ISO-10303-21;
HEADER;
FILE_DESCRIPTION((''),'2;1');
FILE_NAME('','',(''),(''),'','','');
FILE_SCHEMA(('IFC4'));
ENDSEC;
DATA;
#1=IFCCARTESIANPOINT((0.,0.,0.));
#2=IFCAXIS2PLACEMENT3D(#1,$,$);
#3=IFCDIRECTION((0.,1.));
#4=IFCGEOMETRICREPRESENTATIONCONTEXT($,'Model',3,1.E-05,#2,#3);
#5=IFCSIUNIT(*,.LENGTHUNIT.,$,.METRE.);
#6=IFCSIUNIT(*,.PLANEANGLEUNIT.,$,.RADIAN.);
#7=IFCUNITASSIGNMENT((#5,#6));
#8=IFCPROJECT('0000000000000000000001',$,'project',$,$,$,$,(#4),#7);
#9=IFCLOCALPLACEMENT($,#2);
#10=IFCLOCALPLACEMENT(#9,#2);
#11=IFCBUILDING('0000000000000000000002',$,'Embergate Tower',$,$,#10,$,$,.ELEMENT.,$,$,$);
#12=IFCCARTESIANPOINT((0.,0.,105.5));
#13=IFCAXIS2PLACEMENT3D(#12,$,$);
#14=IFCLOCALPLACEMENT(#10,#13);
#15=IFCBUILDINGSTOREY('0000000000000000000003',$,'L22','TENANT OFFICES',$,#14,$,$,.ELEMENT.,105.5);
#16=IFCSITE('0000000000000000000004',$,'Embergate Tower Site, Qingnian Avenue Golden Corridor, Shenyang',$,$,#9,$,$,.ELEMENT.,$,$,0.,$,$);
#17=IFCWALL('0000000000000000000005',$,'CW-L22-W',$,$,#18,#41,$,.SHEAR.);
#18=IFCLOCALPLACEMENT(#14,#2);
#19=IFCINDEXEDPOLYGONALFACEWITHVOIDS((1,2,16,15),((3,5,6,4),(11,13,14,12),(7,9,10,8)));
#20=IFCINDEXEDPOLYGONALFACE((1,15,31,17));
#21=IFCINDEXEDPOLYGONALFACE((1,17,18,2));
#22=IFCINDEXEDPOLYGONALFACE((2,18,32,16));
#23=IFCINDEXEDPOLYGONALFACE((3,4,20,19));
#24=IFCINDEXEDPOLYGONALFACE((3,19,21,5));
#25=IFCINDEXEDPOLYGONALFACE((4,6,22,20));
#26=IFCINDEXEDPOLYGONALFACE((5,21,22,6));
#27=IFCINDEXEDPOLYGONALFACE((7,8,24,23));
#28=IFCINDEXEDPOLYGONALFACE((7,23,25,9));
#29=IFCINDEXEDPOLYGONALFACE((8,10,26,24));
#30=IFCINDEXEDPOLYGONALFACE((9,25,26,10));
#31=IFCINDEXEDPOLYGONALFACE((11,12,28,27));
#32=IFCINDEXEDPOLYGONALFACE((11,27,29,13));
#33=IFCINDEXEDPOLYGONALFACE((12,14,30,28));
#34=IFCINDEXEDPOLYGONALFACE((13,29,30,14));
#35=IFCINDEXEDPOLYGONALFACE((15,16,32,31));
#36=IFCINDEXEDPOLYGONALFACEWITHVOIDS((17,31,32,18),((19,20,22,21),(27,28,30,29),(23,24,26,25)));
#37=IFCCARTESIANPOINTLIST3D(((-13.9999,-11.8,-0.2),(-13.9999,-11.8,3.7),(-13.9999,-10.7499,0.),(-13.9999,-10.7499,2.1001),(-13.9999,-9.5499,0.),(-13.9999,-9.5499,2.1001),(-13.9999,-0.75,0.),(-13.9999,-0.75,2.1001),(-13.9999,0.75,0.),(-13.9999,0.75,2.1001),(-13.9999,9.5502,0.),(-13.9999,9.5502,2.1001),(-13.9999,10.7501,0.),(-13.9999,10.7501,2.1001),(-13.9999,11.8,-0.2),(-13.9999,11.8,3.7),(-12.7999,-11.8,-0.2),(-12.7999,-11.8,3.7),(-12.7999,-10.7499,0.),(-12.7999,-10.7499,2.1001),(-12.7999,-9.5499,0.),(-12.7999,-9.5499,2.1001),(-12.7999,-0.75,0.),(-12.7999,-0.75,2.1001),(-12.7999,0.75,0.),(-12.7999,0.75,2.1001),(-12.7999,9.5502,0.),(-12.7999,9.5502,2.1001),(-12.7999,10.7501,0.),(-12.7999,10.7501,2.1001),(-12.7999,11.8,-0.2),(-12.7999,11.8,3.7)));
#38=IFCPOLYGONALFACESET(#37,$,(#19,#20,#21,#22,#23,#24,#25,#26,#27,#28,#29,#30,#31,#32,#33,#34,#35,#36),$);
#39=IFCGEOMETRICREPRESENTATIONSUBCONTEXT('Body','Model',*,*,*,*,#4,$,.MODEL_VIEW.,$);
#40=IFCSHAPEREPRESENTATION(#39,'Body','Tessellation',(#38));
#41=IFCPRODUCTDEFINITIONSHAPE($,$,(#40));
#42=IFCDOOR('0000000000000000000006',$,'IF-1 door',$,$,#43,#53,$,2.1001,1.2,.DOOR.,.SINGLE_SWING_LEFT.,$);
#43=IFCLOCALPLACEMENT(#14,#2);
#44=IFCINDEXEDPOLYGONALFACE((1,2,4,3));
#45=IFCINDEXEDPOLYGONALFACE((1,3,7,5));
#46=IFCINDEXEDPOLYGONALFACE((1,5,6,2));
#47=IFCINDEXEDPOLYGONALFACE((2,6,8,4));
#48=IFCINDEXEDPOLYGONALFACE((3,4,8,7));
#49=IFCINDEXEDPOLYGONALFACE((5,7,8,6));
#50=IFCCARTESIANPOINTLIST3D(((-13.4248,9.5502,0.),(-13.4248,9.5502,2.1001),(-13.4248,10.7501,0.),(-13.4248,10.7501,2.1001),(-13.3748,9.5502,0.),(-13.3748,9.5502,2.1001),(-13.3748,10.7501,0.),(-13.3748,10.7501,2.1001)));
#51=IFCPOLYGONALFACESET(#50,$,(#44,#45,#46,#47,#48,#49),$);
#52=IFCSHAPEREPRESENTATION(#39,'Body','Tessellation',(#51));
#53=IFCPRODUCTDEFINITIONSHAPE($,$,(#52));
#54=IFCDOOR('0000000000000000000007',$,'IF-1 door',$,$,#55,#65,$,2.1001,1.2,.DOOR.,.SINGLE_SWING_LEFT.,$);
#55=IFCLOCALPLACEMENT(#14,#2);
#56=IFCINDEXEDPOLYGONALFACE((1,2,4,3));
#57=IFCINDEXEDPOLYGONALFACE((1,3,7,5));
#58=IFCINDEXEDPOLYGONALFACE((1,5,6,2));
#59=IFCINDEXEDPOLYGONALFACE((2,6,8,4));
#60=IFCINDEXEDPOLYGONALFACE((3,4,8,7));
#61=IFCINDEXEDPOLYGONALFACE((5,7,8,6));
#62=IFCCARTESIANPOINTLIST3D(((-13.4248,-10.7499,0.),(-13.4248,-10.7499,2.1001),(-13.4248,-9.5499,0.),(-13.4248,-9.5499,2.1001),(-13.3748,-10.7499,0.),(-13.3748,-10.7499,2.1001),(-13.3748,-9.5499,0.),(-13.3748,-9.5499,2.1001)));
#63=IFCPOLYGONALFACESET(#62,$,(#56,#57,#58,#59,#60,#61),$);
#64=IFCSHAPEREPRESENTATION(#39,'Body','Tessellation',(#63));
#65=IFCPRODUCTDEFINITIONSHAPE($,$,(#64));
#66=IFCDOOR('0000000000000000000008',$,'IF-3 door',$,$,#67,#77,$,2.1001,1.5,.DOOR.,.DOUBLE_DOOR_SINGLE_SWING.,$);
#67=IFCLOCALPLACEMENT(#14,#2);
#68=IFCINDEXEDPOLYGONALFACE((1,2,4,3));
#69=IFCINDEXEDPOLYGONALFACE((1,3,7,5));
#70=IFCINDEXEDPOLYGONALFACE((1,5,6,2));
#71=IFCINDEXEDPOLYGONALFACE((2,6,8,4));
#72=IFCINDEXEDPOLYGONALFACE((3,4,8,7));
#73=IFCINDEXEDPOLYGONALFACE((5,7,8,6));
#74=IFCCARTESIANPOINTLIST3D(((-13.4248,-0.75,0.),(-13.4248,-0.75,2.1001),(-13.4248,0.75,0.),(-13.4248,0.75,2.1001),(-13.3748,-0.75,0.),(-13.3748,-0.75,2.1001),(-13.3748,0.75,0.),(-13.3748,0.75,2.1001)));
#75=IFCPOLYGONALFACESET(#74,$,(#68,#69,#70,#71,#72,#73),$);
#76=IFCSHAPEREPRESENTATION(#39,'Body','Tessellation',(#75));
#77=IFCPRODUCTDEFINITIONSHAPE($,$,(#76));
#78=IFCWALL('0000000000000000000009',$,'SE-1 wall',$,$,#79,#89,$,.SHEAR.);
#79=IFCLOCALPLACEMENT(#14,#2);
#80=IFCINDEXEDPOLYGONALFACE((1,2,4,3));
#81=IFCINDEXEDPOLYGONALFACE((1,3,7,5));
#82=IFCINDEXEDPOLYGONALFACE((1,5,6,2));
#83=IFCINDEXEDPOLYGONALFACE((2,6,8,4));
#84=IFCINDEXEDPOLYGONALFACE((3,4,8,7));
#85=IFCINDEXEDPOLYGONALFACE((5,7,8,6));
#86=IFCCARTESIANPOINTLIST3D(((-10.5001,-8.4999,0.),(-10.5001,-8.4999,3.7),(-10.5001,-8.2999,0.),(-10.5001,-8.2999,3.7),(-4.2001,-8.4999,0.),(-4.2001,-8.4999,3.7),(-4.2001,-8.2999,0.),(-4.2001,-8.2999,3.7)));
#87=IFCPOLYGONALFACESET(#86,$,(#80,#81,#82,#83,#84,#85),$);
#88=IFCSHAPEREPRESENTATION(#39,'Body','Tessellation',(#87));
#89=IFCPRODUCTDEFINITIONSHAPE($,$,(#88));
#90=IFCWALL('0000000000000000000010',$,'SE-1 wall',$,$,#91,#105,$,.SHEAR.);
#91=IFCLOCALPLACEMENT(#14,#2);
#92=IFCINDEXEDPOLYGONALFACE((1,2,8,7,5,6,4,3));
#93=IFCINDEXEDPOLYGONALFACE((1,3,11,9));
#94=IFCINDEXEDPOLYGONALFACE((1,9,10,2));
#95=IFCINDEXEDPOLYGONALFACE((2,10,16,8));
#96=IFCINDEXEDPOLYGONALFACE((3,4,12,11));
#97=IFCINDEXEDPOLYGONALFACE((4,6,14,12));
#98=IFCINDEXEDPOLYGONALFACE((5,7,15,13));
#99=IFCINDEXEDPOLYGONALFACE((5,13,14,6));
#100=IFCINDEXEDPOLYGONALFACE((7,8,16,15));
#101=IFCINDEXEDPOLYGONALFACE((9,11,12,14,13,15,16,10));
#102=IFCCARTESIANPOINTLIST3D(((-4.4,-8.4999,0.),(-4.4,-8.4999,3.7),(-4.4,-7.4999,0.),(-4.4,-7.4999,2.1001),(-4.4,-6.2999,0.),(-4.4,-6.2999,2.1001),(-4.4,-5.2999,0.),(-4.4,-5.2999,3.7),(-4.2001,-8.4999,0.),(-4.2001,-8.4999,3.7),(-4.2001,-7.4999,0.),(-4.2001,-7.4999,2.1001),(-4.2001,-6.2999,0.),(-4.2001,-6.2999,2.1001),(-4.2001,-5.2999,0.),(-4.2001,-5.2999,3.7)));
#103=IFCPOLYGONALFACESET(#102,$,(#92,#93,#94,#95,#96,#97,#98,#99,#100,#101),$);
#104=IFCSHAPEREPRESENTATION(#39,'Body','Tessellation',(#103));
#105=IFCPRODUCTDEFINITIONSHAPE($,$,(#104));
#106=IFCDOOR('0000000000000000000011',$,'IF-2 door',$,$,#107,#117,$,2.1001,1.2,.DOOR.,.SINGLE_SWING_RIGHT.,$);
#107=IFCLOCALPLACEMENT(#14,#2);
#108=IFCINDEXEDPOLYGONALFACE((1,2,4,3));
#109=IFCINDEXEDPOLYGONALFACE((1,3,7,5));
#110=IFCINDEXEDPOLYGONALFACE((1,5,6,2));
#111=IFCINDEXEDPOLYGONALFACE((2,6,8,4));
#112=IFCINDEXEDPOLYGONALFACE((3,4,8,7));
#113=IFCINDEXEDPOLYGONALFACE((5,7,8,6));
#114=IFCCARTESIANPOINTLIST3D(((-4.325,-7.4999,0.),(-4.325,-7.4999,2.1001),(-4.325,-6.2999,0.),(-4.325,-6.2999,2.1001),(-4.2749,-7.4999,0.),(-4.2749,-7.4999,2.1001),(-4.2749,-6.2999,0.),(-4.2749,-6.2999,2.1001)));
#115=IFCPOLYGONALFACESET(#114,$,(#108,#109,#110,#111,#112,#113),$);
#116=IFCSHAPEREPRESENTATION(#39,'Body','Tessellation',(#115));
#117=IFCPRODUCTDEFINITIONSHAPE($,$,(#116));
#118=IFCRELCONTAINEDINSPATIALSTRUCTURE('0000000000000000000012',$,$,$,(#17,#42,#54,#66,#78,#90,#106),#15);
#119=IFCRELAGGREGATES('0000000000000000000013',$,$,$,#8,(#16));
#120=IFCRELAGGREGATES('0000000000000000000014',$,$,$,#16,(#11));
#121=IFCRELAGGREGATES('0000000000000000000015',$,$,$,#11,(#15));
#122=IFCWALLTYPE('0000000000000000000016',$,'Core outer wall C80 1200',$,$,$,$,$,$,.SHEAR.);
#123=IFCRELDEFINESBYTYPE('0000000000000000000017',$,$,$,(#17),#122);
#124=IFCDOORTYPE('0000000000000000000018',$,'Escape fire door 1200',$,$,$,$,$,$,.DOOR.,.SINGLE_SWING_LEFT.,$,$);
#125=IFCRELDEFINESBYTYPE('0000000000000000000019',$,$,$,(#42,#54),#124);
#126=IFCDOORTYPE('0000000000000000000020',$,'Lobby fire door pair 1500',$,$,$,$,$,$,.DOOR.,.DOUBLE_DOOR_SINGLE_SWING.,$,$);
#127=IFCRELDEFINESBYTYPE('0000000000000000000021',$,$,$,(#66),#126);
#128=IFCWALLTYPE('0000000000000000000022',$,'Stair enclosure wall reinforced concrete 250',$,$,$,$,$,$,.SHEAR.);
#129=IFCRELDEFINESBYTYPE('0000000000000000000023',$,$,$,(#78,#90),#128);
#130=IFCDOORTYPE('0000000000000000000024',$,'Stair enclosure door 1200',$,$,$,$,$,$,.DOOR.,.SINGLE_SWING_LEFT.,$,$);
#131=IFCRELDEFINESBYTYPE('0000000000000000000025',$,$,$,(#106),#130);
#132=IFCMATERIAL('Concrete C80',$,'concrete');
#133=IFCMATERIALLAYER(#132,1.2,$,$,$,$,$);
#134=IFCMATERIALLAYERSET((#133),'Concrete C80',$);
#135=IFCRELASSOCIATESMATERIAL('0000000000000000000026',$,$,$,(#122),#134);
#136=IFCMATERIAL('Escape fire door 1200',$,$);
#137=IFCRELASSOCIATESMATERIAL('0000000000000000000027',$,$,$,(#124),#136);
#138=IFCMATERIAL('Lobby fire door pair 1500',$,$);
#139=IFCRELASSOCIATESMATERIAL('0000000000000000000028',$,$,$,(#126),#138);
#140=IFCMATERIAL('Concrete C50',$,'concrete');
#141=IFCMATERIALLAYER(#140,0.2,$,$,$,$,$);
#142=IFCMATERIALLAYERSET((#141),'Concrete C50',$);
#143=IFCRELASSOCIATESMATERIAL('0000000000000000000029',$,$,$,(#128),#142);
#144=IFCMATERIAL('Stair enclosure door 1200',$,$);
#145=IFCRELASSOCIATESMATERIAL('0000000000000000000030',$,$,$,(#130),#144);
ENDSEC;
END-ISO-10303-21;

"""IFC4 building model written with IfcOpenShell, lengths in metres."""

from ifc_helpers import new_model, si_unit, direction, frame, frame_2d, origin, place, context, subcontext, project, spatial, rectangle, extrude, source, transform, mapped, material, layer, layer_set, type_object, element, fill, save


model = new_model("IFC4")

# Units and contexts
model_context = context("Model", 3, precision=1e-05, world=origin(), true_north=direction((0.0, 1.0)))
body_context = subcontext(model_context, "Body", "Model", "MODEL_VIEW")
ifc_project = project(units=[si_unit("LENGTHUNIT", "METRE"), si_unit("PLANEANGLEUNIT", "RADIAN")], contexts=[model_context])

# Site, building, storey
site_placement = place(None, origin())
site = spatial("IfcSite", under=ifc_project, at=site_placement, Name="Embergate Tower Site, Qingnian Avenue Golden Corridor, Shenyang", CompositionType="ELEMENT", RefElevation=0.0)
building_placement = place(site_placement, origin())
building = spatial("IfcBuilding", under=site, at=building_placement, Name="Embergate Tower", CompositionType="ELEMENT")
storey_placement = place(building_placement, frame((0.0, 0.0, 105.5)))
storey = spatial("IfcBuildingStorey", under=building, at=storey_placement, Name="L22", Description="TENANT OFFICES", CompositionType="ELEMENT", Elevation=105.5)

# Shared definitions
ifc_material_1 = material(Name="Concrete C80", Category="concrete")
ifc_layer_1 = layer(ifc_material_1, 1.2)
ifc_layer_set_1 = layer_set([ifc_layer_1], Name="Concrete C80")
wall_type_1 = type_object("IfcWallType", Name="Core outer wall C80 1200", PredefinedType="SHEAR", material=ifc_layer_set_1)

# Wall, openings, doors
shared_shape_1 = source(origin(), body_context, "Body", "SweptSolid", [
    extrude(rectangle(XDim=23.6001, YDim=1.2, at=frame_2d((11.8, 0.0))), origin(), (0.0, 0.0, 1.0), 3.8999),
])
wall_1_placement = place(storey_placement, frame((-13.3999, -11.8, -0.2), z_axis=(0.0, 0.0, 1.0), x_axis=(0.0, 1.0, 0.0)))
wall_1 = element("IfcWall", 1, at=wall_1_placement, inside=storey, type_object=wall_type_1, Name="CW-L22-W", PredefinedType="SHEAR", context=body_context, shape_type="MappedRepresentation", body=[
    mapped(shared_shape_1, transform((0.0, 0.0, 0.0))),
])
shared_shape_2 = source(origin(), body_context, "Body", "SweptSolid", [
    extrude(rectangle(XDim=1.2, YDim=2.1001, at=frame_2d((0.6001, 1.05))), frame((0.0, 0.6099, 0.0), z_axis=(0.0, -1.0, 0.0), x_axis=(1.0, 0.0, 0.0)), (0.0, 0.0, 1.0), 1.22),
])
opening_1_placement = place(wall_1_placement, frame((21.3501, 0.0, 0.2)))
opening_1 = element("IfcOpeningElement", 2, at=opening_1_placement, cuts=wall_1, PredefinedType="OPENING", context=body_context, shape_type="MappedRepresentation", body=[
    mapped(shared_shape_2, transform((0.0, 0.0, 0.0))),
])
opening_2_placement = place(wall_1_placement, frame((1.05, 0.0, 0.2)))
opening_2 = element("IfcOpeningElement", 3, at=opening_2_placement, cuts=wall_1, PredefinedType="OPENING", context=body_context, shape_type="MappedRepresentation", body=[
    mapped(shared_shape_2, transform((0.0, 0.0, 0.0))),
])
shared_shape_3 = source(origin(), body_context, "Body", "SweptSolid", [
    extrude(rectangle(XDim=1.5, YDim=2.1001, at=frame_2d((0.75, 1.05))), frame((0.0, 0.6099, 0.0), z_axis=(0.0, -1.0, 0.0), x_axis=(1.0, 0.0, 0.0)), (0.0, 0.0, 1.0), 1.22),
])
opening_3_placement = place(wall_1_placement, frame((11.05, 0.0, 0.2)))
opening_3 = element("IfcOpeningElement", 4, at=opening_3_placement, cuts=wall_1, PredefinedType="OPENING", context=body_context, shape_type="MappedRepresentation", body=[
    mapped(shared_shape_3, transform((0.0, 0.0, 0.0))),
])
ifc_material_2 = material(Name="Escape fire door 1200")
door_type_1 = type_object("IfcDoorType", Name="Escape fire door 1200", OperationType="SINGLE_SWING_LEFT", PredefinedType="DOOR", material=ifc_material_2)
shared_shape_4 = source(origin(), body_context, "Body", "SweptSolid", [
    extrude(rectangle(XDim=1.2, YDim=2.1001, at=frame_2d((0.6001, 1.05))), frame((0.0, 0.0249, 0.0), z_axis=(0.0, -1.0, 0.0), x_axis=(1.0, 0.0, 0.0)), (0.0, 0.0, 1.0), 0.05),
])
door_1_placement = place(opening_1_placement, origin())
door_1 = element("IfcDoor", 5, at=door_1_placement, inside=storey, type_object=door_type_1, Name="IF-1 door", OperationType="SINGLE_SWING_LEFT", OverallHeight=2.1001, OverallWidth=1.2, PredefinedType="DOOR", context=body_context, shape_type="MappedRepresentation", body=[
    mapped(shared_shape_4, transform((0.0, 0.0, 0.0))),
])
fill(opening_1, door_1)
door_2_placement = place(opening_2_placement, origin())
door_2 = element("IfcDoor", 6, at=door_2_placement, inside=storey, type_object=door_type_1, Name="IF-1 door", OperationType="SINGLE_SWING_LEFT", OverallHeight=2.1001, OverallWidth=1.2, PredefinedType="DOOR", context=body_context, shape_type="MappedRepresentation", body=[
    mapped(shared_shape_4, transform((0.0, 0.0, 0.0))),
])
fill(opening_2, door_2)
ifc_material_3 = material(Name="Lobby fire door pair 1500")
door_type_2 = type_object("IfcDoorType", Name="Lobby fire door pair 1500", OperationType="DOUBLE_DOOR_SINGLE_SWING", PredefinedType="DOOR", material=ifc_material_3)
shared_shape_5 = source(origin(), body_context, "Body", "SweptSolid", [
    extrude(rectangle(XDim=1.5, YDim=2.1001, at=frame_2d((0.75, 1.05))), frame((0.0, 0.0249, 0.0), z_axis=(0.0, -1.0, 0.0), x_axis=(1.0, 0.0, 0.0)), (0.0, 0.0, 1.0), 0.05),
])
door_3_placement = place(opening_3_placement, origin())
door_3 = element("IfcDoor", 7, at=door_3_placement, inside=storey, type_object=door_type_2, Name="IF-3 door", OperationType="DOUBLE_DOOR_SINGLE_SWING", OverallHeight=2.1001, OverallWidth=1.5, PredefinedType="DOOR", context=body_context, shape_type="MappedRepresentation", body=[
    mapped(shared_shape_5, transform((0.0, 0.0, 0.0))),
])
fill(opening_3, door_3)

# Wall
ifc_material_4 = material(Name="Concrete C50", Category="concrete")
ifc_layer_2 = layer(ifc_material_4, 0.2)
ifc_layer_set_2 = layer_set([ifc_layer_2], Name="Concrete C50")
wall_type_2 = type_object("IfcWallType", Name="Stair enclosure wall reinforced concrete 250", PredefinedType="SHEAR", material=ifc_layer_set_2)
shared_shape_6 = source(origin(), body_context, "Body", "SweptSolid", [
    extrude(rectangle(XDim=6.3, YDim=0.2, at=frame_2d((3.1499, 0.0))), origin(), (0.0, 0.0, 1.0), 3.7),
])
wall_2_placement = place(storey_placement, frame((-10.5, -8.3999, 0.0), z_axis=(0.0, 0.0, 1.0), x_axis=(1.0, 0.0, 0.0)))
element("IfcWall", 8, at=wall_2_placement, inside=storey, type_object=wall_type_2, Name="SE-1 wall", PredefinedType="SHEAR", context=body_context, shape_type="MappedRepresentation", body=[
    mapped(shared_shape_6, transform((0.0, 0.0, 0.0))),
])

# Wall, opening, door
shared_shape_7 = source(origin(), body_context, "Body", "SweptSolid", [
    extrude(rectangle(XDim=3.2, YDim=0.2, at=frame_2d((1.6001, 0.0))), origin(), (0.0, 0.0, 1.0), 3.7),
])
wall_3_placement = place(storey_placement, frame((-4.3, -8.5, 0.0), z_axis=(0.0, 0.0, 1.0), x_axis=(0.0, 1.0, 0.0)))
wall_3 = element("IfcWall", 9, at=wall_3_placement, inside=storey, type_object=wall_type_2, Name="SE-1 wall", PredefinedType="SHEAR", context=body_context, shape_type="MappedRepresentation", body=[
    mapped(shared_shape_7, transform((0.0, 0.0, 0.0))),
])
shared_shape_8 = source(origin(), body_context, "Body", "SweptSolid", [
    extrude(rectangle(XDim=1.2, YDim=2.1001, at=frame_2d((0.6001, 1.05))), frame((0.0, 0.1099, 0.0), z_axis=(0.0, -1.0, 0.0), x_axis=(1.0, 0.0, 0.0)), (0.0, 0.0, 1.0), 0.22),
])
opening_4_placement = place(wall_3_placement, frame((1.0, 0.0, 0.0)))
opening_4 = element("IfcOpeningElement", 10, at=opening_4_placement, cuts=wall_3, PredefinedType="OPENING", context=body_context, shape_type="MappedRepresentation", body=[
    mapped(shared_shape_8, transform((0.0, 0.0, 0.0))),
])
ifc_material_5 = material(Name="Stair enclosure door 1200")
door_type_3 = type_object("IfcDoorType", Name="Stair enclosure door 1200", OperationType="SINGLE_SWING_LEFT", PredefinedType="DOOR", material=ifc_material_5)
door_4_placement = place(opening_4_placement, origin())
door_4 = element("IfcDoor", 11, at=door_4_placement, inside=storey, type_object=door_type_3, Name="IF-2 door", OperationType="SINGLE_SWING_RIGHT", OverallHeight=2.1001, OverallWidth=1.2, PredefinedType="DOOR", context=body_context, shape_type="MappedRepresentation", body=[
    mapped(shared_shape_4, transform((0.0, 0.0, 0.0))),
])
fill(opening_4, door_4)

save(model, "model.ifc")
